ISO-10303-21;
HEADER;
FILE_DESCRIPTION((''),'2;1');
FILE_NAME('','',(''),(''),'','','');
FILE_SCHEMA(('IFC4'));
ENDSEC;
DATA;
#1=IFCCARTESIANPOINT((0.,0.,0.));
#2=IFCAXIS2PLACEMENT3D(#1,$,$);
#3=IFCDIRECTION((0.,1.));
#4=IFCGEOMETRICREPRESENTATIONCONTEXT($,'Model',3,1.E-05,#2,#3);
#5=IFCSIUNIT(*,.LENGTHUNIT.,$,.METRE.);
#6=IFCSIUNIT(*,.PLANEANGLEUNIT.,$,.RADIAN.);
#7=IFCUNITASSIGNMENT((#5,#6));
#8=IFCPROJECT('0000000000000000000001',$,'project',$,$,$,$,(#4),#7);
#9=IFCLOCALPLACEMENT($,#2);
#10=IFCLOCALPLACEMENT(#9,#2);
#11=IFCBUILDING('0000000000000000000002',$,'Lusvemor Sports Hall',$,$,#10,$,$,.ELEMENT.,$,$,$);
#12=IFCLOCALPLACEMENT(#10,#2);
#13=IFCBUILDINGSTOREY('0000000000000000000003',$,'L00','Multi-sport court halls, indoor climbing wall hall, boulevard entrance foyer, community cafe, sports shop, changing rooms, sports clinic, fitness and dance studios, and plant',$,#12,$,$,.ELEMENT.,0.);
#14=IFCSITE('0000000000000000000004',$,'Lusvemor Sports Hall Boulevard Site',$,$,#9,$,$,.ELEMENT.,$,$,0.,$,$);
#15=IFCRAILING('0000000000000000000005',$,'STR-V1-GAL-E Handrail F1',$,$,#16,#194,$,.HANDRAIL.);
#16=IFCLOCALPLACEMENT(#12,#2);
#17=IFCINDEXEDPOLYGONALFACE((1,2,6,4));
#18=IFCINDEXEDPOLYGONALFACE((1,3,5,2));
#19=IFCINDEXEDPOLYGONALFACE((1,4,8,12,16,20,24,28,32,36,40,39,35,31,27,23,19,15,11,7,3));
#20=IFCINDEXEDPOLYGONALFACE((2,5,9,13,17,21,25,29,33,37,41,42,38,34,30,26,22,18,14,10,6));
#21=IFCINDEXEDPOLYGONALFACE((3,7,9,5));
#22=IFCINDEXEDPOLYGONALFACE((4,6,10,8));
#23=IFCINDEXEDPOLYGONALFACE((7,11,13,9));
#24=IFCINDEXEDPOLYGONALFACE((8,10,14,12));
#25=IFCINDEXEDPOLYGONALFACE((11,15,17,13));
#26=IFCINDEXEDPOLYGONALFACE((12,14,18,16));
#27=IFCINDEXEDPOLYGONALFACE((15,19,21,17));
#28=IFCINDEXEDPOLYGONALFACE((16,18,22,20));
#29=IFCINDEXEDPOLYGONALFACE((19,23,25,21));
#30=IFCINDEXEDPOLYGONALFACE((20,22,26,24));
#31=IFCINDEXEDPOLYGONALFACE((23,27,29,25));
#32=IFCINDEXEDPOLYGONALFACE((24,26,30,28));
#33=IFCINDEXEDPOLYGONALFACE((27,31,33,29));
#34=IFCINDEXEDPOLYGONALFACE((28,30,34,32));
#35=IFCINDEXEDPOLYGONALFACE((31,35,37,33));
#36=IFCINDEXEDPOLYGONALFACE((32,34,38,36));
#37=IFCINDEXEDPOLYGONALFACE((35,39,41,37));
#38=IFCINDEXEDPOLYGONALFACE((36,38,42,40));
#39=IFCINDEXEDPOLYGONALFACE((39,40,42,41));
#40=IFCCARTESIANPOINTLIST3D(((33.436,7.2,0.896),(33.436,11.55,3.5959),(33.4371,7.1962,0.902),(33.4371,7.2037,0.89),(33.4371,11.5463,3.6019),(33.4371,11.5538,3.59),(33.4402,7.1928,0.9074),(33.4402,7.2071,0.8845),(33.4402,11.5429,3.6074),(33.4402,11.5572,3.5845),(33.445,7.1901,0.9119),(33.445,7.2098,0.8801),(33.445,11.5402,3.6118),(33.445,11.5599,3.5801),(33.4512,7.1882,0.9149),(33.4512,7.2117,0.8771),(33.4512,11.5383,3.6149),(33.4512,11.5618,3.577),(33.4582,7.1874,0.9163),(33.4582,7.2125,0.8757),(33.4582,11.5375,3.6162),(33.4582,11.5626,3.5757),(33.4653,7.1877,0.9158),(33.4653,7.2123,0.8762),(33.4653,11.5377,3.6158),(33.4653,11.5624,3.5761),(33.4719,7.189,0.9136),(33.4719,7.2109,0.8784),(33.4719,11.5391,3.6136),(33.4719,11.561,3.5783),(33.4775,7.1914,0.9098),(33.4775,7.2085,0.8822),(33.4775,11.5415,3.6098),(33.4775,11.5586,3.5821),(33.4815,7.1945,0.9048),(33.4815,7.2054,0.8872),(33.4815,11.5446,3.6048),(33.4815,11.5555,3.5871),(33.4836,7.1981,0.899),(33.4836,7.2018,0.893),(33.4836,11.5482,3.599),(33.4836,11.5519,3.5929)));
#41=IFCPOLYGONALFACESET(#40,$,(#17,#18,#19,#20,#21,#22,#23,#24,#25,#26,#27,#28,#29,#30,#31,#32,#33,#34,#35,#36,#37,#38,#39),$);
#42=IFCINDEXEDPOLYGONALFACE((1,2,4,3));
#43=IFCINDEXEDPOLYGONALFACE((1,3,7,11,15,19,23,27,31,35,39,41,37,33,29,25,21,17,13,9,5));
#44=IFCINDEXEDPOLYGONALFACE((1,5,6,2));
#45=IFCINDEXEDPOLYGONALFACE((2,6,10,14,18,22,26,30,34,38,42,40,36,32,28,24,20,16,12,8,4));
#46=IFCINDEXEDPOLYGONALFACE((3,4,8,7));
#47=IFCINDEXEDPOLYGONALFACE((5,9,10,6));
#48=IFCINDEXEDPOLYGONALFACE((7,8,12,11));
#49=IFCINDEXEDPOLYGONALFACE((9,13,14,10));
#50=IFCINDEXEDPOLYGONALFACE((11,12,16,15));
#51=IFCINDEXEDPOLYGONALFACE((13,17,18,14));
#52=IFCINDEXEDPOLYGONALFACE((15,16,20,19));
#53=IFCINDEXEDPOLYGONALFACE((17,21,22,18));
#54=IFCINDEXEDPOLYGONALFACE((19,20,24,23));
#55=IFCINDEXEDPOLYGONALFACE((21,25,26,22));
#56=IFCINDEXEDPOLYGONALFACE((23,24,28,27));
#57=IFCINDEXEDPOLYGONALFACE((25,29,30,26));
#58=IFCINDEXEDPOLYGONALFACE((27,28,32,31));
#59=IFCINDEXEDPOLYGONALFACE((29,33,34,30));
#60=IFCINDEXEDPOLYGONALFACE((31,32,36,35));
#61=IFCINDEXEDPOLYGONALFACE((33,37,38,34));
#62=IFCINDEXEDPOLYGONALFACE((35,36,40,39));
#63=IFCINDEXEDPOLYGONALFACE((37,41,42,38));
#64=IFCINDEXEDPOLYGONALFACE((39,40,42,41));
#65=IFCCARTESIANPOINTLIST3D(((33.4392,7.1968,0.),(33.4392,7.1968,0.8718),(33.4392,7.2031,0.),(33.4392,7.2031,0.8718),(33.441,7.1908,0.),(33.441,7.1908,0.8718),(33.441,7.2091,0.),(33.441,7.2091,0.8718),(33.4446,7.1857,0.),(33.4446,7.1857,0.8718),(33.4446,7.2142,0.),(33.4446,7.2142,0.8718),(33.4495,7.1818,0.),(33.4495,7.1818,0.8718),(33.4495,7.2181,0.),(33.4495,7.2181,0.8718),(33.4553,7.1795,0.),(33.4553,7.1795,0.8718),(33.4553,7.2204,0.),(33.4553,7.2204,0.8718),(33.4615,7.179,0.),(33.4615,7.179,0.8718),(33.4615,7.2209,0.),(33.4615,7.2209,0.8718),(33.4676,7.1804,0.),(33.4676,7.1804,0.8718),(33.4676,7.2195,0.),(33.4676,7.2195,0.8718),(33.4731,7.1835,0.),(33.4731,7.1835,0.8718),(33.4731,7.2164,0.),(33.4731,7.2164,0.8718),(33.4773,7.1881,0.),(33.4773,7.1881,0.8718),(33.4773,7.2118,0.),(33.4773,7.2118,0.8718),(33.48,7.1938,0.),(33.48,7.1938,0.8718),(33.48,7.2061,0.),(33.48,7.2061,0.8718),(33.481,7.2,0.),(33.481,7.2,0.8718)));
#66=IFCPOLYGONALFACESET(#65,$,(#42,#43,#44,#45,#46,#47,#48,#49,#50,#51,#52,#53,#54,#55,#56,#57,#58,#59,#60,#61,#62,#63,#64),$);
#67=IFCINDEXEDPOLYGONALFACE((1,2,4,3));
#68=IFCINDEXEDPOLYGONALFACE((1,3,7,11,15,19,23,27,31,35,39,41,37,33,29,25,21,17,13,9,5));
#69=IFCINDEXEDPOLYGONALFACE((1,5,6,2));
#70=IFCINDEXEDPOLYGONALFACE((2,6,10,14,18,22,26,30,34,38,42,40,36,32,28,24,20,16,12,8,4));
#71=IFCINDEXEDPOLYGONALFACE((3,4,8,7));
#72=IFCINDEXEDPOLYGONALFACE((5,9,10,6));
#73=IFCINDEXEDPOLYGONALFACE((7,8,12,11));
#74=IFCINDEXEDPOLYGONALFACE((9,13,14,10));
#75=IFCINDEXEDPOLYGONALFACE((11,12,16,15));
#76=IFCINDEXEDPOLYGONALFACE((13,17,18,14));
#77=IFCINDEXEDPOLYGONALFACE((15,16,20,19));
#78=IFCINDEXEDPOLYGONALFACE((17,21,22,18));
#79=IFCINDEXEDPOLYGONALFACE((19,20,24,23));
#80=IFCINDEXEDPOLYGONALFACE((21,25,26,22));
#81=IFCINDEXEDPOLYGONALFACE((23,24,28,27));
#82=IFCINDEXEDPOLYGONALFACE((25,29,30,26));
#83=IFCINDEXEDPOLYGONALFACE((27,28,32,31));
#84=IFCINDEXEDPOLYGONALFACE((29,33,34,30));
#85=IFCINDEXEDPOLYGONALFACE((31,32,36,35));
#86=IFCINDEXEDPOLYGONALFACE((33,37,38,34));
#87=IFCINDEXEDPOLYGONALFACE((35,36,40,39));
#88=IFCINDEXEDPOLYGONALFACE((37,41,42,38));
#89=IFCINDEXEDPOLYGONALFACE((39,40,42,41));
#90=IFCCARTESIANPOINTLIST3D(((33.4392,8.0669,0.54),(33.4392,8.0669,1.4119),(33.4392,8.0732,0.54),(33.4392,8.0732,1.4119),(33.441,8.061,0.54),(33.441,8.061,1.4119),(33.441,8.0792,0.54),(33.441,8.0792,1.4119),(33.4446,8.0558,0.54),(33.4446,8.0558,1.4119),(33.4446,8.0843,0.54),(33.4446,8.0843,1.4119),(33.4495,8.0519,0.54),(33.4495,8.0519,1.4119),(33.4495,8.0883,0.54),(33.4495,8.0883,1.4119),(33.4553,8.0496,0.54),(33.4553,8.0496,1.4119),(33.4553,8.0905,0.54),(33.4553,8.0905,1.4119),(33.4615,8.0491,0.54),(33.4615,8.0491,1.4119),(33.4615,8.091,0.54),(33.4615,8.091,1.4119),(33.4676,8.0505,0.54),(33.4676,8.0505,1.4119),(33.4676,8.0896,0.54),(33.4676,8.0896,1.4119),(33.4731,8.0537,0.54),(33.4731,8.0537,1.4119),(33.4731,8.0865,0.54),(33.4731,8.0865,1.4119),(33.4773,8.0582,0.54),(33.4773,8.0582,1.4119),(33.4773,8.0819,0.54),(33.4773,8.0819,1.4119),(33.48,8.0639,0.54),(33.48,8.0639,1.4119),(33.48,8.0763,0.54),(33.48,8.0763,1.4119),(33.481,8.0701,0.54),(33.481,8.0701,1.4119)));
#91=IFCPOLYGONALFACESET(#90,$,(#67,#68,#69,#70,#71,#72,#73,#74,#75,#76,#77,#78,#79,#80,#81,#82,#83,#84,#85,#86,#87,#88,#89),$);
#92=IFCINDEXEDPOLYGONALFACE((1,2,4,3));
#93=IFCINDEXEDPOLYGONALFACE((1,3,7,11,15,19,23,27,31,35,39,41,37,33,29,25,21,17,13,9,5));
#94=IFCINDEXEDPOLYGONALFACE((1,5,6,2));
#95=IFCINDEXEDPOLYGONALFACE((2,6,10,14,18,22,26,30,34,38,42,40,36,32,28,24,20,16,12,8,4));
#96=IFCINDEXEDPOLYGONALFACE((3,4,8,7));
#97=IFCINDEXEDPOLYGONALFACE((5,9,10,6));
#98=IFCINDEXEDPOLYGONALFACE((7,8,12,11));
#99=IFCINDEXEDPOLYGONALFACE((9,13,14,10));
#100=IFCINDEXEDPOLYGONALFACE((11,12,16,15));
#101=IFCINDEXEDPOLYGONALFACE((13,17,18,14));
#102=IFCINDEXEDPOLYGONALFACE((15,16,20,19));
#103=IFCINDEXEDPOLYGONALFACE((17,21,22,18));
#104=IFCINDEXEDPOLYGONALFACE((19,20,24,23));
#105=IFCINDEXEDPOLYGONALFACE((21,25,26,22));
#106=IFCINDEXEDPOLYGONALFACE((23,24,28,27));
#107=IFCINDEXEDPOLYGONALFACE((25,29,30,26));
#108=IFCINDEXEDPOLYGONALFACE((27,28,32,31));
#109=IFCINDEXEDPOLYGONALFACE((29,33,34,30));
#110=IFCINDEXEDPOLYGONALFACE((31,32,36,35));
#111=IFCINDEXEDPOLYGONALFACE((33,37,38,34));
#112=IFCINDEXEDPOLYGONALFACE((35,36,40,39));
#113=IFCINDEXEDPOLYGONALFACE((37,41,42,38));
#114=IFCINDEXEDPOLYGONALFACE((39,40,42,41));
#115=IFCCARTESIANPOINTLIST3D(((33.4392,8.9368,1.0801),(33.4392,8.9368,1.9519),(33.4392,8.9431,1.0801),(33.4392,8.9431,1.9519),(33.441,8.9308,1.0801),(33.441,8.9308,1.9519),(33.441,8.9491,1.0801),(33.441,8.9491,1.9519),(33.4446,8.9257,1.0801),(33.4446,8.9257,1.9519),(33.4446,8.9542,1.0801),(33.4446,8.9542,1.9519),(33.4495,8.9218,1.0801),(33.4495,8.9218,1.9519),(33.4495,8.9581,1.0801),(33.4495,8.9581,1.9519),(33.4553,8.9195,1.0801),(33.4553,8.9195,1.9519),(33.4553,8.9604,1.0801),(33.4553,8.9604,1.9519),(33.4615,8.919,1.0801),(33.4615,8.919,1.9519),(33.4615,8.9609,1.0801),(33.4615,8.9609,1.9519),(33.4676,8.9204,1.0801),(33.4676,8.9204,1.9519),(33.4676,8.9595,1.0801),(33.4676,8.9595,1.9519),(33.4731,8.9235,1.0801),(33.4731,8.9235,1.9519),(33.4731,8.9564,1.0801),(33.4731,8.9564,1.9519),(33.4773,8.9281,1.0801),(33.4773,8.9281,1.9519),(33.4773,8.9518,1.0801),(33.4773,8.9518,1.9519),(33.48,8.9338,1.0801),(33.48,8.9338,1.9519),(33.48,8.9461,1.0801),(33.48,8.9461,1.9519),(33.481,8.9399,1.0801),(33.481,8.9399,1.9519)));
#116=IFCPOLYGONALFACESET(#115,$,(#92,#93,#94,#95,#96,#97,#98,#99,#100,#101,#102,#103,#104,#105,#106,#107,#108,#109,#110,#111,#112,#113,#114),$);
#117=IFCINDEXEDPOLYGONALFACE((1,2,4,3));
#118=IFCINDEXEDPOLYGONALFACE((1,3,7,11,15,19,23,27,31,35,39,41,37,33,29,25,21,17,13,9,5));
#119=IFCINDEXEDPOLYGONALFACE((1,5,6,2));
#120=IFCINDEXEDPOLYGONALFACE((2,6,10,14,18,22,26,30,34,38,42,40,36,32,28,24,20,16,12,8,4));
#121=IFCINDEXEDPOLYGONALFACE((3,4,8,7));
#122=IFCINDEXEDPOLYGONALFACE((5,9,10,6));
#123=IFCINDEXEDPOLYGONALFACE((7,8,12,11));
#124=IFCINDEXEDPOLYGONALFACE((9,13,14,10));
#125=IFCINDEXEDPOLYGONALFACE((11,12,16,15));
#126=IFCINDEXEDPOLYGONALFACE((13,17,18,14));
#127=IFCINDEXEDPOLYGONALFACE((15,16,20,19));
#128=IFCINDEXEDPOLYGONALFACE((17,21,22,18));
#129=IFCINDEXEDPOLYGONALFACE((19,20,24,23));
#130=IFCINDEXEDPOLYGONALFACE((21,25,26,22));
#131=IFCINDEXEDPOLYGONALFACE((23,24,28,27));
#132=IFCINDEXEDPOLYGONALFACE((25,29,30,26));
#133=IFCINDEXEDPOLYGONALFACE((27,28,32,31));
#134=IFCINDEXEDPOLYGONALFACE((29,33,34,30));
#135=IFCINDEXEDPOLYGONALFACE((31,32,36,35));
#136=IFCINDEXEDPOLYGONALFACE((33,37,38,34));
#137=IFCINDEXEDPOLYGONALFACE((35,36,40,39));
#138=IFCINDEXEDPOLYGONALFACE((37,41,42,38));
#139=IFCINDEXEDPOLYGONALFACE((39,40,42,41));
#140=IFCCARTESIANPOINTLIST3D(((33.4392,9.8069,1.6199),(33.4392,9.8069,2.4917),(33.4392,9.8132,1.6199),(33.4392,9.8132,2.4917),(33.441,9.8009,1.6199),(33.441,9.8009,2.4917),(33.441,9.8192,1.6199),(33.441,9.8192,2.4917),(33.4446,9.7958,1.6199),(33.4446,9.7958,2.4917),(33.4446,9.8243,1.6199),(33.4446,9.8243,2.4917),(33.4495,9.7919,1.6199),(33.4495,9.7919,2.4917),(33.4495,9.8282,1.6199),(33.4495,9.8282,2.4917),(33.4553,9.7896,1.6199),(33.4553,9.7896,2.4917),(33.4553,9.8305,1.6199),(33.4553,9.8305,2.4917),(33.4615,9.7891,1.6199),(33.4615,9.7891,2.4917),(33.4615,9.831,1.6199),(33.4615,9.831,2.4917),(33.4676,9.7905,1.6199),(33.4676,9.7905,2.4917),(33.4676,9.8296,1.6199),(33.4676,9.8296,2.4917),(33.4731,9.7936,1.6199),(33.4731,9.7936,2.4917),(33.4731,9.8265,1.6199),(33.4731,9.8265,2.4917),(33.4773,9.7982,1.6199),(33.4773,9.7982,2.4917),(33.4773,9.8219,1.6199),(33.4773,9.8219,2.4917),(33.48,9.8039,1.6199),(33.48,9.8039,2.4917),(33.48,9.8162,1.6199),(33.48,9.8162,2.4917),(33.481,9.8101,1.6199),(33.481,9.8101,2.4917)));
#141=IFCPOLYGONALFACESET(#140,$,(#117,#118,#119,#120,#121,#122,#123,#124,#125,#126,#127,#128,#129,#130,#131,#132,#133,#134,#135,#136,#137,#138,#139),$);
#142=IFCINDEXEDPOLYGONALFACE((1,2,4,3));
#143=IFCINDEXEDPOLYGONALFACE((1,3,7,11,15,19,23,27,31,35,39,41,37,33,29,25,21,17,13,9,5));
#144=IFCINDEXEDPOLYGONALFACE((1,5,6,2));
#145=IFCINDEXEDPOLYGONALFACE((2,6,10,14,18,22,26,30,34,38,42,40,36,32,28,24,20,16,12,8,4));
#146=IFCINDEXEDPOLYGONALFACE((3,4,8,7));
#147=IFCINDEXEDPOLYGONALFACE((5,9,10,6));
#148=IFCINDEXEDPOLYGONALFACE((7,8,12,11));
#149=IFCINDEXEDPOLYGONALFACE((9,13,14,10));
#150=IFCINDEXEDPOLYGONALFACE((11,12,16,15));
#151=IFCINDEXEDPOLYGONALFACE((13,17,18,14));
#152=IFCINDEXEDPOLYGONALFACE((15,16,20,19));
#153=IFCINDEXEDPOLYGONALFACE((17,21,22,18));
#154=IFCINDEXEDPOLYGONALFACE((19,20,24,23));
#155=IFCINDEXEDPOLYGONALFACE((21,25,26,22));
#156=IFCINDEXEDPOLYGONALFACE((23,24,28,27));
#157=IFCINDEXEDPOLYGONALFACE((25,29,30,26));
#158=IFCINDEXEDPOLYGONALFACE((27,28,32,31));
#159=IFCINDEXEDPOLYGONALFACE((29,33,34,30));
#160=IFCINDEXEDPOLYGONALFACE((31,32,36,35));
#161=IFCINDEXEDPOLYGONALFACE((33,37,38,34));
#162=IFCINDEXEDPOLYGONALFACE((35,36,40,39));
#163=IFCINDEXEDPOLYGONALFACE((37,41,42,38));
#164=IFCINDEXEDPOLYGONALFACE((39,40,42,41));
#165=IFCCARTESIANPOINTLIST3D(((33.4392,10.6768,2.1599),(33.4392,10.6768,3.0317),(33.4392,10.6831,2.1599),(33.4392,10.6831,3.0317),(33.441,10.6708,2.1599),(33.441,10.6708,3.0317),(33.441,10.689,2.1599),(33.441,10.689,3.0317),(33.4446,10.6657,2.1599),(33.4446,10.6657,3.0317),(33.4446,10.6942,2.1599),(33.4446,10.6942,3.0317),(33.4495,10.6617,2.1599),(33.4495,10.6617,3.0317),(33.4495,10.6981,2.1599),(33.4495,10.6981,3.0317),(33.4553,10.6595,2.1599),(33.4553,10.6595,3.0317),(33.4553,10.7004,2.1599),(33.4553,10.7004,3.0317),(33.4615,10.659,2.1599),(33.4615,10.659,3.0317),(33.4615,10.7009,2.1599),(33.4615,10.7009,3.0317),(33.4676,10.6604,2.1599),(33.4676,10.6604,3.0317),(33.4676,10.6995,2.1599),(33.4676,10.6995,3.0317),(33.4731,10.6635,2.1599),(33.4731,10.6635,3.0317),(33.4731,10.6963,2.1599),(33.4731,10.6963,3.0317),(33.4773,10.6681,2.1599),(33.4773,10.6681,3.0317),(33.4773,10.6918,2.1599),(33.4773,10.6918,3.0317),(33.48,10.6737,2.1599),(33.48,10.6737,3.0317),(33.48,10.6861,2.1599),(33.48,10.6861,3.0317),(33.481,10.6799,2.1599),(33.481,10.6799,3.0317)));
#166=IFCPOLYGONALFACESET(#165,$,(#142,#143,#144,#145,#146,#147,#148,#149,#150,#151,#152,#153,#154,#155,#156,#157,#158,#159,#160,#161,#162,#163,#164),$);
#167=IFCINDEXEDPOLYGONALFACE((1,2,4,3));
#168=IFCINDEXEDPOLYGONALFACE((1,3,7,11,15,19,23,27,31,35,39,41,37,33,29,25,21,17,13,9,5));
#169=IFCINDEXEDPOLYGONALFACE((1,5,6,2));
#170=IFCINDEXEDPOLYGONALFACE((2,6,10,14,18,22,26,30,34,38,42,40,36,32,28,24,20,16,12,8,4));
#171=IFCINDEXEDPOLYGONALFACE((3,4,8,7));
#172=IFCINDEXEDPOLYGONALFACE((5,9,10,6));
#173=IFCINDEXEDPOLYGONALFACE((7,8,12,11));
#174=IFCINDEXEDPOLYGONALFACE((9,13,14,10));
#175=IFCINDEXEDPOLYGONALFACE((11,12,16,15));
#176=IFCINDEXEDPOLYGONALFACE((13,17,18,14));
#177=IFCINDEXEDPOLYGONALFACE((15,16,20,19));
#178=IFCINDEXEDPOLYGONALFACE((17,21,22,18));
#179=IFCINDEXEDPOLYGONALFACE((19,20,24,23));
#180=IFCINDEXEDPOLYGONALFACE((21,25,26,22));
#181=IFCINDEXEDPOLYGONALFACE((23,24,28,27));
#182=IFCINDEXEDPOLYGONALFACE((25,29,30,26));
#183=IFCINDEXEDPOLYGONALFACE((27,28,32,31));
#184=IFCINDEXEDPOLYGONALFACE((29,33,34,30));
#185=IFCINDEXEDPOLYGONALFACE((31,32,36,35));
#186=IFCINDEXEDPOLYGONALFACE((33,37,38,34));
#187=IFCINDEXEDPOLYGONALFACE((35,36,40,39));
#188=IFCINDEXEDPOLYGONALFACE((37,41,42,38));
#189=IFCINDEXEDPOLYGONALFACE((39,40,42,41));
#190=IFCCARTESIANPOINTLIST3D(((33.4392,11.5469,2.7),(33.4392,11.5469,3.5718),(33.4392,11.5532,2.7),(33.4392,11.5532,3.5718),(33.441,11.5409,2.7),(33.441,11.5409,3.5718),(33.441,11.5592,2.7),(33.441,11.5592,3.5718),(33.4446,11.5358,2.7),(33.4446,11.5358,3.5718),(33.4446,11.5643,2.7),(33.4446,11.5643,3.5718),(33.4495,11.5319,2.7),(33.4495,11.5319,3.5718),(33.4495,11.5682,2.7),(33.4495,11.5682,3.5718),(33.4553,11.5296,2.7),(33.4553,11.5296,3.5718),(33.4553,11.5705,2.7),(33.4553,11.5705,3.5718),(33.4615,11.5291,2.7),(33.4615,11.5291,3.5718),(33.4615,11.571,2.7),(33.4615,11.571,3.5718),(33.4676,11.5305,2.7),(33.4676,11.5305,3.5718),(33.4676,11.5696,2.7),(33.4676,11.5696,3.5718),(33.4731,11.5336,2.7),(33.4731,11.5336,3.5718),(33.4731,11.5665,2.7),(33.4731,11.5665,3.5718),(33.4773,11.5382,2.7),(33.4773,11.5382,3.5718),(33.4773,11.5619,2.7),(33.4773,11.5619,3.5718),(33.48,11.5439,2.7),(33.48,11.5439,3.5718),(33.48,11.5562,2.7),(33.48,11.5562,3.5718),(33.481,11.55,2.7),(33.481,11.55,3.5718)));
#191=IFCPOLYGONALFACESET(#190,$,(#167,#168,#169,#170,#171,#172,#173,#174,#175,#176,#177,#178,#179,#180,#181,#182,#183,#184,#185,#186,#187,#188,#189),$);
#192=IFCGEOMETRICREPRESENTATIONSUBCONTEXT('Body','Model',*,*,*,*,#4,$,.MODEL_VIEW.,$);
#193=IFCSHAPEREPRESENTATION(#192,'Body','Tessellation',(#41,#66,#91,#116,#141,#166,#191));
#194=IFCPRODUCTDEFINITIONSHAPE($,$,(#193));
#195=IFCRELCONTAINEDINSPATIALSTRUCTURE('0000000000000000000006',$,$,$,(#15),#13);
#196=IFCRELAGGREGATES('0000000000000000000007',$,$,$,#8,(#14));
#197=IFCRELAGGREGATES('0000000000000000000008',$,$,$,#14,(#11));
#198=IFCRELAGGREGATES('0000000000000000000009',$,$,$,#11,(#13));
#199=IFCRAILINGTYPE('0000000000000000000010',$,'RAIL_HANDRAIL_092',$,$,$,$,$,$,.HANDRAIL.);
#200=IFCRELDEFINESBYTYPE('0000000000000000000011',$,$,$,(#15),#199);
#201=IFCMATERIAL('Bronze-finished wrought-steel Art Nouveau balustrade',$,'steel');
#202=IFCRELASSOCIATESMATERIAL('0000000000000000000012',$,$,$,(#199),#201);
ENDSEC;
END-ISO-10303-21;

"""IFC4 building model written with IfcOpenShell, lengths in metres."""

from ifc_helpers import new_model, si_unit, direction, frame, origin, origin_2d, place, context, subcontext, project, spatial, circle, extrude, material, type_object, element, save


model = new_model("IFC4")

# Units and contexts
model_context = context("Model", 3, precision=1e-05, world=origin(), true_north=direction((0.0, 1.0)))
body_context = subcontext(model_context, "Body", "Model", "MODEL_VIEW")
ifc_project = project(units=[si_unit("LENGTHUNIT", "METRE"), si_unit("PLANEANGLEUNIT", "RADIAN")], contexts=[model_context])

# Site, building, storey
site_placement = place(None, origin())
site = spatial("IfcSite", under=ifc_project, at=site_placement, Name="Lusvemor Sports Hall Boulevard Site", CompositionType="ELEMENT", RefElevation=0.0)
building_placement = place(site_placement, origin())
building = spatial("IfcBuilding", under=site, at=building_placement, Name="Lusvemor Sports Hall", CompositionType="ELEMENT")
storey_placement = place(building_placement, origin())
storey = spatial("IfcBuildingStorey", under=building, at=storey_placement, Name="L00", Description="Multi-sport court halls, indoor climbing wall hall, boulevard entrance foyer, community cafe, sports shop, changing rooms, sports clinic, fitness and dance studios, and plant", CompositionType="ELEMENT", Elevation=0.0)

# Railing
ifc_material_1 = material(Name="Bronze-finished wrought-steel Art Nouveau balustrade", Category="steel")
railing_type = type_object("IfcRailingType", Name="RAIL_HANDRAIL_092", PredefinedType="HANDRAIL", material=ifc_material_1)
railing_placement = place(storey_placement, frame((33.46, 7.2, 0.0)))
element("IfcRailing", 1, at=railing_placement, inside=storey, type_object=railing_type, Name="STR-V1-GAL-E Handrail F1", PredefinedType="HANDRAIL", context=body_context, shape_type="SweptSolid", body=[
    extrude(circle(Radius=0.0239, at=origin_2d()), frame((0.0, 0.0, 0.896), z_axis=(0.0, 0.84965, 0.527347), x_axis=(-1.0, 0.0, 0.0)), (0.0, 0.0, 1.0), 5.1199),
    extrude(circle(Radius=0.021, at=origin_2d()), origin(), (0.0, 0.0, 1.0), 0.8718),
    extrude(circle(Radius=0.021, at=origin_2d()), frame((0.0, 0.8701, 0.54)), (0.0, 0.0, 1.0), 0.8718),
    extrude(circle(Radius=0.021, at=origin_2d()), frame((0.0, 1.74, 1.0801)), (0.0, 0.0, 1.0), 0.8718),
    extrude(circle(Radius=0.021, at=origin_2d()), frame((0.0, 2.6101, 1.6199)), (0.0, 0.0, 1.0), 0.8718),
    extrude(circle(Radius=0.021, at=origin_2d()), frame((0.0, 3.48, 2.1599)), (0.0, 0.0, 1.0), 0.8718),
    extrude(circle(Radius=0.021, at=origin_2d()), frame((0.0, 4.3501, 2.7)), (0.0, 0.0, 1.0), 0.8718),
])

save(model, "model.ifc")
